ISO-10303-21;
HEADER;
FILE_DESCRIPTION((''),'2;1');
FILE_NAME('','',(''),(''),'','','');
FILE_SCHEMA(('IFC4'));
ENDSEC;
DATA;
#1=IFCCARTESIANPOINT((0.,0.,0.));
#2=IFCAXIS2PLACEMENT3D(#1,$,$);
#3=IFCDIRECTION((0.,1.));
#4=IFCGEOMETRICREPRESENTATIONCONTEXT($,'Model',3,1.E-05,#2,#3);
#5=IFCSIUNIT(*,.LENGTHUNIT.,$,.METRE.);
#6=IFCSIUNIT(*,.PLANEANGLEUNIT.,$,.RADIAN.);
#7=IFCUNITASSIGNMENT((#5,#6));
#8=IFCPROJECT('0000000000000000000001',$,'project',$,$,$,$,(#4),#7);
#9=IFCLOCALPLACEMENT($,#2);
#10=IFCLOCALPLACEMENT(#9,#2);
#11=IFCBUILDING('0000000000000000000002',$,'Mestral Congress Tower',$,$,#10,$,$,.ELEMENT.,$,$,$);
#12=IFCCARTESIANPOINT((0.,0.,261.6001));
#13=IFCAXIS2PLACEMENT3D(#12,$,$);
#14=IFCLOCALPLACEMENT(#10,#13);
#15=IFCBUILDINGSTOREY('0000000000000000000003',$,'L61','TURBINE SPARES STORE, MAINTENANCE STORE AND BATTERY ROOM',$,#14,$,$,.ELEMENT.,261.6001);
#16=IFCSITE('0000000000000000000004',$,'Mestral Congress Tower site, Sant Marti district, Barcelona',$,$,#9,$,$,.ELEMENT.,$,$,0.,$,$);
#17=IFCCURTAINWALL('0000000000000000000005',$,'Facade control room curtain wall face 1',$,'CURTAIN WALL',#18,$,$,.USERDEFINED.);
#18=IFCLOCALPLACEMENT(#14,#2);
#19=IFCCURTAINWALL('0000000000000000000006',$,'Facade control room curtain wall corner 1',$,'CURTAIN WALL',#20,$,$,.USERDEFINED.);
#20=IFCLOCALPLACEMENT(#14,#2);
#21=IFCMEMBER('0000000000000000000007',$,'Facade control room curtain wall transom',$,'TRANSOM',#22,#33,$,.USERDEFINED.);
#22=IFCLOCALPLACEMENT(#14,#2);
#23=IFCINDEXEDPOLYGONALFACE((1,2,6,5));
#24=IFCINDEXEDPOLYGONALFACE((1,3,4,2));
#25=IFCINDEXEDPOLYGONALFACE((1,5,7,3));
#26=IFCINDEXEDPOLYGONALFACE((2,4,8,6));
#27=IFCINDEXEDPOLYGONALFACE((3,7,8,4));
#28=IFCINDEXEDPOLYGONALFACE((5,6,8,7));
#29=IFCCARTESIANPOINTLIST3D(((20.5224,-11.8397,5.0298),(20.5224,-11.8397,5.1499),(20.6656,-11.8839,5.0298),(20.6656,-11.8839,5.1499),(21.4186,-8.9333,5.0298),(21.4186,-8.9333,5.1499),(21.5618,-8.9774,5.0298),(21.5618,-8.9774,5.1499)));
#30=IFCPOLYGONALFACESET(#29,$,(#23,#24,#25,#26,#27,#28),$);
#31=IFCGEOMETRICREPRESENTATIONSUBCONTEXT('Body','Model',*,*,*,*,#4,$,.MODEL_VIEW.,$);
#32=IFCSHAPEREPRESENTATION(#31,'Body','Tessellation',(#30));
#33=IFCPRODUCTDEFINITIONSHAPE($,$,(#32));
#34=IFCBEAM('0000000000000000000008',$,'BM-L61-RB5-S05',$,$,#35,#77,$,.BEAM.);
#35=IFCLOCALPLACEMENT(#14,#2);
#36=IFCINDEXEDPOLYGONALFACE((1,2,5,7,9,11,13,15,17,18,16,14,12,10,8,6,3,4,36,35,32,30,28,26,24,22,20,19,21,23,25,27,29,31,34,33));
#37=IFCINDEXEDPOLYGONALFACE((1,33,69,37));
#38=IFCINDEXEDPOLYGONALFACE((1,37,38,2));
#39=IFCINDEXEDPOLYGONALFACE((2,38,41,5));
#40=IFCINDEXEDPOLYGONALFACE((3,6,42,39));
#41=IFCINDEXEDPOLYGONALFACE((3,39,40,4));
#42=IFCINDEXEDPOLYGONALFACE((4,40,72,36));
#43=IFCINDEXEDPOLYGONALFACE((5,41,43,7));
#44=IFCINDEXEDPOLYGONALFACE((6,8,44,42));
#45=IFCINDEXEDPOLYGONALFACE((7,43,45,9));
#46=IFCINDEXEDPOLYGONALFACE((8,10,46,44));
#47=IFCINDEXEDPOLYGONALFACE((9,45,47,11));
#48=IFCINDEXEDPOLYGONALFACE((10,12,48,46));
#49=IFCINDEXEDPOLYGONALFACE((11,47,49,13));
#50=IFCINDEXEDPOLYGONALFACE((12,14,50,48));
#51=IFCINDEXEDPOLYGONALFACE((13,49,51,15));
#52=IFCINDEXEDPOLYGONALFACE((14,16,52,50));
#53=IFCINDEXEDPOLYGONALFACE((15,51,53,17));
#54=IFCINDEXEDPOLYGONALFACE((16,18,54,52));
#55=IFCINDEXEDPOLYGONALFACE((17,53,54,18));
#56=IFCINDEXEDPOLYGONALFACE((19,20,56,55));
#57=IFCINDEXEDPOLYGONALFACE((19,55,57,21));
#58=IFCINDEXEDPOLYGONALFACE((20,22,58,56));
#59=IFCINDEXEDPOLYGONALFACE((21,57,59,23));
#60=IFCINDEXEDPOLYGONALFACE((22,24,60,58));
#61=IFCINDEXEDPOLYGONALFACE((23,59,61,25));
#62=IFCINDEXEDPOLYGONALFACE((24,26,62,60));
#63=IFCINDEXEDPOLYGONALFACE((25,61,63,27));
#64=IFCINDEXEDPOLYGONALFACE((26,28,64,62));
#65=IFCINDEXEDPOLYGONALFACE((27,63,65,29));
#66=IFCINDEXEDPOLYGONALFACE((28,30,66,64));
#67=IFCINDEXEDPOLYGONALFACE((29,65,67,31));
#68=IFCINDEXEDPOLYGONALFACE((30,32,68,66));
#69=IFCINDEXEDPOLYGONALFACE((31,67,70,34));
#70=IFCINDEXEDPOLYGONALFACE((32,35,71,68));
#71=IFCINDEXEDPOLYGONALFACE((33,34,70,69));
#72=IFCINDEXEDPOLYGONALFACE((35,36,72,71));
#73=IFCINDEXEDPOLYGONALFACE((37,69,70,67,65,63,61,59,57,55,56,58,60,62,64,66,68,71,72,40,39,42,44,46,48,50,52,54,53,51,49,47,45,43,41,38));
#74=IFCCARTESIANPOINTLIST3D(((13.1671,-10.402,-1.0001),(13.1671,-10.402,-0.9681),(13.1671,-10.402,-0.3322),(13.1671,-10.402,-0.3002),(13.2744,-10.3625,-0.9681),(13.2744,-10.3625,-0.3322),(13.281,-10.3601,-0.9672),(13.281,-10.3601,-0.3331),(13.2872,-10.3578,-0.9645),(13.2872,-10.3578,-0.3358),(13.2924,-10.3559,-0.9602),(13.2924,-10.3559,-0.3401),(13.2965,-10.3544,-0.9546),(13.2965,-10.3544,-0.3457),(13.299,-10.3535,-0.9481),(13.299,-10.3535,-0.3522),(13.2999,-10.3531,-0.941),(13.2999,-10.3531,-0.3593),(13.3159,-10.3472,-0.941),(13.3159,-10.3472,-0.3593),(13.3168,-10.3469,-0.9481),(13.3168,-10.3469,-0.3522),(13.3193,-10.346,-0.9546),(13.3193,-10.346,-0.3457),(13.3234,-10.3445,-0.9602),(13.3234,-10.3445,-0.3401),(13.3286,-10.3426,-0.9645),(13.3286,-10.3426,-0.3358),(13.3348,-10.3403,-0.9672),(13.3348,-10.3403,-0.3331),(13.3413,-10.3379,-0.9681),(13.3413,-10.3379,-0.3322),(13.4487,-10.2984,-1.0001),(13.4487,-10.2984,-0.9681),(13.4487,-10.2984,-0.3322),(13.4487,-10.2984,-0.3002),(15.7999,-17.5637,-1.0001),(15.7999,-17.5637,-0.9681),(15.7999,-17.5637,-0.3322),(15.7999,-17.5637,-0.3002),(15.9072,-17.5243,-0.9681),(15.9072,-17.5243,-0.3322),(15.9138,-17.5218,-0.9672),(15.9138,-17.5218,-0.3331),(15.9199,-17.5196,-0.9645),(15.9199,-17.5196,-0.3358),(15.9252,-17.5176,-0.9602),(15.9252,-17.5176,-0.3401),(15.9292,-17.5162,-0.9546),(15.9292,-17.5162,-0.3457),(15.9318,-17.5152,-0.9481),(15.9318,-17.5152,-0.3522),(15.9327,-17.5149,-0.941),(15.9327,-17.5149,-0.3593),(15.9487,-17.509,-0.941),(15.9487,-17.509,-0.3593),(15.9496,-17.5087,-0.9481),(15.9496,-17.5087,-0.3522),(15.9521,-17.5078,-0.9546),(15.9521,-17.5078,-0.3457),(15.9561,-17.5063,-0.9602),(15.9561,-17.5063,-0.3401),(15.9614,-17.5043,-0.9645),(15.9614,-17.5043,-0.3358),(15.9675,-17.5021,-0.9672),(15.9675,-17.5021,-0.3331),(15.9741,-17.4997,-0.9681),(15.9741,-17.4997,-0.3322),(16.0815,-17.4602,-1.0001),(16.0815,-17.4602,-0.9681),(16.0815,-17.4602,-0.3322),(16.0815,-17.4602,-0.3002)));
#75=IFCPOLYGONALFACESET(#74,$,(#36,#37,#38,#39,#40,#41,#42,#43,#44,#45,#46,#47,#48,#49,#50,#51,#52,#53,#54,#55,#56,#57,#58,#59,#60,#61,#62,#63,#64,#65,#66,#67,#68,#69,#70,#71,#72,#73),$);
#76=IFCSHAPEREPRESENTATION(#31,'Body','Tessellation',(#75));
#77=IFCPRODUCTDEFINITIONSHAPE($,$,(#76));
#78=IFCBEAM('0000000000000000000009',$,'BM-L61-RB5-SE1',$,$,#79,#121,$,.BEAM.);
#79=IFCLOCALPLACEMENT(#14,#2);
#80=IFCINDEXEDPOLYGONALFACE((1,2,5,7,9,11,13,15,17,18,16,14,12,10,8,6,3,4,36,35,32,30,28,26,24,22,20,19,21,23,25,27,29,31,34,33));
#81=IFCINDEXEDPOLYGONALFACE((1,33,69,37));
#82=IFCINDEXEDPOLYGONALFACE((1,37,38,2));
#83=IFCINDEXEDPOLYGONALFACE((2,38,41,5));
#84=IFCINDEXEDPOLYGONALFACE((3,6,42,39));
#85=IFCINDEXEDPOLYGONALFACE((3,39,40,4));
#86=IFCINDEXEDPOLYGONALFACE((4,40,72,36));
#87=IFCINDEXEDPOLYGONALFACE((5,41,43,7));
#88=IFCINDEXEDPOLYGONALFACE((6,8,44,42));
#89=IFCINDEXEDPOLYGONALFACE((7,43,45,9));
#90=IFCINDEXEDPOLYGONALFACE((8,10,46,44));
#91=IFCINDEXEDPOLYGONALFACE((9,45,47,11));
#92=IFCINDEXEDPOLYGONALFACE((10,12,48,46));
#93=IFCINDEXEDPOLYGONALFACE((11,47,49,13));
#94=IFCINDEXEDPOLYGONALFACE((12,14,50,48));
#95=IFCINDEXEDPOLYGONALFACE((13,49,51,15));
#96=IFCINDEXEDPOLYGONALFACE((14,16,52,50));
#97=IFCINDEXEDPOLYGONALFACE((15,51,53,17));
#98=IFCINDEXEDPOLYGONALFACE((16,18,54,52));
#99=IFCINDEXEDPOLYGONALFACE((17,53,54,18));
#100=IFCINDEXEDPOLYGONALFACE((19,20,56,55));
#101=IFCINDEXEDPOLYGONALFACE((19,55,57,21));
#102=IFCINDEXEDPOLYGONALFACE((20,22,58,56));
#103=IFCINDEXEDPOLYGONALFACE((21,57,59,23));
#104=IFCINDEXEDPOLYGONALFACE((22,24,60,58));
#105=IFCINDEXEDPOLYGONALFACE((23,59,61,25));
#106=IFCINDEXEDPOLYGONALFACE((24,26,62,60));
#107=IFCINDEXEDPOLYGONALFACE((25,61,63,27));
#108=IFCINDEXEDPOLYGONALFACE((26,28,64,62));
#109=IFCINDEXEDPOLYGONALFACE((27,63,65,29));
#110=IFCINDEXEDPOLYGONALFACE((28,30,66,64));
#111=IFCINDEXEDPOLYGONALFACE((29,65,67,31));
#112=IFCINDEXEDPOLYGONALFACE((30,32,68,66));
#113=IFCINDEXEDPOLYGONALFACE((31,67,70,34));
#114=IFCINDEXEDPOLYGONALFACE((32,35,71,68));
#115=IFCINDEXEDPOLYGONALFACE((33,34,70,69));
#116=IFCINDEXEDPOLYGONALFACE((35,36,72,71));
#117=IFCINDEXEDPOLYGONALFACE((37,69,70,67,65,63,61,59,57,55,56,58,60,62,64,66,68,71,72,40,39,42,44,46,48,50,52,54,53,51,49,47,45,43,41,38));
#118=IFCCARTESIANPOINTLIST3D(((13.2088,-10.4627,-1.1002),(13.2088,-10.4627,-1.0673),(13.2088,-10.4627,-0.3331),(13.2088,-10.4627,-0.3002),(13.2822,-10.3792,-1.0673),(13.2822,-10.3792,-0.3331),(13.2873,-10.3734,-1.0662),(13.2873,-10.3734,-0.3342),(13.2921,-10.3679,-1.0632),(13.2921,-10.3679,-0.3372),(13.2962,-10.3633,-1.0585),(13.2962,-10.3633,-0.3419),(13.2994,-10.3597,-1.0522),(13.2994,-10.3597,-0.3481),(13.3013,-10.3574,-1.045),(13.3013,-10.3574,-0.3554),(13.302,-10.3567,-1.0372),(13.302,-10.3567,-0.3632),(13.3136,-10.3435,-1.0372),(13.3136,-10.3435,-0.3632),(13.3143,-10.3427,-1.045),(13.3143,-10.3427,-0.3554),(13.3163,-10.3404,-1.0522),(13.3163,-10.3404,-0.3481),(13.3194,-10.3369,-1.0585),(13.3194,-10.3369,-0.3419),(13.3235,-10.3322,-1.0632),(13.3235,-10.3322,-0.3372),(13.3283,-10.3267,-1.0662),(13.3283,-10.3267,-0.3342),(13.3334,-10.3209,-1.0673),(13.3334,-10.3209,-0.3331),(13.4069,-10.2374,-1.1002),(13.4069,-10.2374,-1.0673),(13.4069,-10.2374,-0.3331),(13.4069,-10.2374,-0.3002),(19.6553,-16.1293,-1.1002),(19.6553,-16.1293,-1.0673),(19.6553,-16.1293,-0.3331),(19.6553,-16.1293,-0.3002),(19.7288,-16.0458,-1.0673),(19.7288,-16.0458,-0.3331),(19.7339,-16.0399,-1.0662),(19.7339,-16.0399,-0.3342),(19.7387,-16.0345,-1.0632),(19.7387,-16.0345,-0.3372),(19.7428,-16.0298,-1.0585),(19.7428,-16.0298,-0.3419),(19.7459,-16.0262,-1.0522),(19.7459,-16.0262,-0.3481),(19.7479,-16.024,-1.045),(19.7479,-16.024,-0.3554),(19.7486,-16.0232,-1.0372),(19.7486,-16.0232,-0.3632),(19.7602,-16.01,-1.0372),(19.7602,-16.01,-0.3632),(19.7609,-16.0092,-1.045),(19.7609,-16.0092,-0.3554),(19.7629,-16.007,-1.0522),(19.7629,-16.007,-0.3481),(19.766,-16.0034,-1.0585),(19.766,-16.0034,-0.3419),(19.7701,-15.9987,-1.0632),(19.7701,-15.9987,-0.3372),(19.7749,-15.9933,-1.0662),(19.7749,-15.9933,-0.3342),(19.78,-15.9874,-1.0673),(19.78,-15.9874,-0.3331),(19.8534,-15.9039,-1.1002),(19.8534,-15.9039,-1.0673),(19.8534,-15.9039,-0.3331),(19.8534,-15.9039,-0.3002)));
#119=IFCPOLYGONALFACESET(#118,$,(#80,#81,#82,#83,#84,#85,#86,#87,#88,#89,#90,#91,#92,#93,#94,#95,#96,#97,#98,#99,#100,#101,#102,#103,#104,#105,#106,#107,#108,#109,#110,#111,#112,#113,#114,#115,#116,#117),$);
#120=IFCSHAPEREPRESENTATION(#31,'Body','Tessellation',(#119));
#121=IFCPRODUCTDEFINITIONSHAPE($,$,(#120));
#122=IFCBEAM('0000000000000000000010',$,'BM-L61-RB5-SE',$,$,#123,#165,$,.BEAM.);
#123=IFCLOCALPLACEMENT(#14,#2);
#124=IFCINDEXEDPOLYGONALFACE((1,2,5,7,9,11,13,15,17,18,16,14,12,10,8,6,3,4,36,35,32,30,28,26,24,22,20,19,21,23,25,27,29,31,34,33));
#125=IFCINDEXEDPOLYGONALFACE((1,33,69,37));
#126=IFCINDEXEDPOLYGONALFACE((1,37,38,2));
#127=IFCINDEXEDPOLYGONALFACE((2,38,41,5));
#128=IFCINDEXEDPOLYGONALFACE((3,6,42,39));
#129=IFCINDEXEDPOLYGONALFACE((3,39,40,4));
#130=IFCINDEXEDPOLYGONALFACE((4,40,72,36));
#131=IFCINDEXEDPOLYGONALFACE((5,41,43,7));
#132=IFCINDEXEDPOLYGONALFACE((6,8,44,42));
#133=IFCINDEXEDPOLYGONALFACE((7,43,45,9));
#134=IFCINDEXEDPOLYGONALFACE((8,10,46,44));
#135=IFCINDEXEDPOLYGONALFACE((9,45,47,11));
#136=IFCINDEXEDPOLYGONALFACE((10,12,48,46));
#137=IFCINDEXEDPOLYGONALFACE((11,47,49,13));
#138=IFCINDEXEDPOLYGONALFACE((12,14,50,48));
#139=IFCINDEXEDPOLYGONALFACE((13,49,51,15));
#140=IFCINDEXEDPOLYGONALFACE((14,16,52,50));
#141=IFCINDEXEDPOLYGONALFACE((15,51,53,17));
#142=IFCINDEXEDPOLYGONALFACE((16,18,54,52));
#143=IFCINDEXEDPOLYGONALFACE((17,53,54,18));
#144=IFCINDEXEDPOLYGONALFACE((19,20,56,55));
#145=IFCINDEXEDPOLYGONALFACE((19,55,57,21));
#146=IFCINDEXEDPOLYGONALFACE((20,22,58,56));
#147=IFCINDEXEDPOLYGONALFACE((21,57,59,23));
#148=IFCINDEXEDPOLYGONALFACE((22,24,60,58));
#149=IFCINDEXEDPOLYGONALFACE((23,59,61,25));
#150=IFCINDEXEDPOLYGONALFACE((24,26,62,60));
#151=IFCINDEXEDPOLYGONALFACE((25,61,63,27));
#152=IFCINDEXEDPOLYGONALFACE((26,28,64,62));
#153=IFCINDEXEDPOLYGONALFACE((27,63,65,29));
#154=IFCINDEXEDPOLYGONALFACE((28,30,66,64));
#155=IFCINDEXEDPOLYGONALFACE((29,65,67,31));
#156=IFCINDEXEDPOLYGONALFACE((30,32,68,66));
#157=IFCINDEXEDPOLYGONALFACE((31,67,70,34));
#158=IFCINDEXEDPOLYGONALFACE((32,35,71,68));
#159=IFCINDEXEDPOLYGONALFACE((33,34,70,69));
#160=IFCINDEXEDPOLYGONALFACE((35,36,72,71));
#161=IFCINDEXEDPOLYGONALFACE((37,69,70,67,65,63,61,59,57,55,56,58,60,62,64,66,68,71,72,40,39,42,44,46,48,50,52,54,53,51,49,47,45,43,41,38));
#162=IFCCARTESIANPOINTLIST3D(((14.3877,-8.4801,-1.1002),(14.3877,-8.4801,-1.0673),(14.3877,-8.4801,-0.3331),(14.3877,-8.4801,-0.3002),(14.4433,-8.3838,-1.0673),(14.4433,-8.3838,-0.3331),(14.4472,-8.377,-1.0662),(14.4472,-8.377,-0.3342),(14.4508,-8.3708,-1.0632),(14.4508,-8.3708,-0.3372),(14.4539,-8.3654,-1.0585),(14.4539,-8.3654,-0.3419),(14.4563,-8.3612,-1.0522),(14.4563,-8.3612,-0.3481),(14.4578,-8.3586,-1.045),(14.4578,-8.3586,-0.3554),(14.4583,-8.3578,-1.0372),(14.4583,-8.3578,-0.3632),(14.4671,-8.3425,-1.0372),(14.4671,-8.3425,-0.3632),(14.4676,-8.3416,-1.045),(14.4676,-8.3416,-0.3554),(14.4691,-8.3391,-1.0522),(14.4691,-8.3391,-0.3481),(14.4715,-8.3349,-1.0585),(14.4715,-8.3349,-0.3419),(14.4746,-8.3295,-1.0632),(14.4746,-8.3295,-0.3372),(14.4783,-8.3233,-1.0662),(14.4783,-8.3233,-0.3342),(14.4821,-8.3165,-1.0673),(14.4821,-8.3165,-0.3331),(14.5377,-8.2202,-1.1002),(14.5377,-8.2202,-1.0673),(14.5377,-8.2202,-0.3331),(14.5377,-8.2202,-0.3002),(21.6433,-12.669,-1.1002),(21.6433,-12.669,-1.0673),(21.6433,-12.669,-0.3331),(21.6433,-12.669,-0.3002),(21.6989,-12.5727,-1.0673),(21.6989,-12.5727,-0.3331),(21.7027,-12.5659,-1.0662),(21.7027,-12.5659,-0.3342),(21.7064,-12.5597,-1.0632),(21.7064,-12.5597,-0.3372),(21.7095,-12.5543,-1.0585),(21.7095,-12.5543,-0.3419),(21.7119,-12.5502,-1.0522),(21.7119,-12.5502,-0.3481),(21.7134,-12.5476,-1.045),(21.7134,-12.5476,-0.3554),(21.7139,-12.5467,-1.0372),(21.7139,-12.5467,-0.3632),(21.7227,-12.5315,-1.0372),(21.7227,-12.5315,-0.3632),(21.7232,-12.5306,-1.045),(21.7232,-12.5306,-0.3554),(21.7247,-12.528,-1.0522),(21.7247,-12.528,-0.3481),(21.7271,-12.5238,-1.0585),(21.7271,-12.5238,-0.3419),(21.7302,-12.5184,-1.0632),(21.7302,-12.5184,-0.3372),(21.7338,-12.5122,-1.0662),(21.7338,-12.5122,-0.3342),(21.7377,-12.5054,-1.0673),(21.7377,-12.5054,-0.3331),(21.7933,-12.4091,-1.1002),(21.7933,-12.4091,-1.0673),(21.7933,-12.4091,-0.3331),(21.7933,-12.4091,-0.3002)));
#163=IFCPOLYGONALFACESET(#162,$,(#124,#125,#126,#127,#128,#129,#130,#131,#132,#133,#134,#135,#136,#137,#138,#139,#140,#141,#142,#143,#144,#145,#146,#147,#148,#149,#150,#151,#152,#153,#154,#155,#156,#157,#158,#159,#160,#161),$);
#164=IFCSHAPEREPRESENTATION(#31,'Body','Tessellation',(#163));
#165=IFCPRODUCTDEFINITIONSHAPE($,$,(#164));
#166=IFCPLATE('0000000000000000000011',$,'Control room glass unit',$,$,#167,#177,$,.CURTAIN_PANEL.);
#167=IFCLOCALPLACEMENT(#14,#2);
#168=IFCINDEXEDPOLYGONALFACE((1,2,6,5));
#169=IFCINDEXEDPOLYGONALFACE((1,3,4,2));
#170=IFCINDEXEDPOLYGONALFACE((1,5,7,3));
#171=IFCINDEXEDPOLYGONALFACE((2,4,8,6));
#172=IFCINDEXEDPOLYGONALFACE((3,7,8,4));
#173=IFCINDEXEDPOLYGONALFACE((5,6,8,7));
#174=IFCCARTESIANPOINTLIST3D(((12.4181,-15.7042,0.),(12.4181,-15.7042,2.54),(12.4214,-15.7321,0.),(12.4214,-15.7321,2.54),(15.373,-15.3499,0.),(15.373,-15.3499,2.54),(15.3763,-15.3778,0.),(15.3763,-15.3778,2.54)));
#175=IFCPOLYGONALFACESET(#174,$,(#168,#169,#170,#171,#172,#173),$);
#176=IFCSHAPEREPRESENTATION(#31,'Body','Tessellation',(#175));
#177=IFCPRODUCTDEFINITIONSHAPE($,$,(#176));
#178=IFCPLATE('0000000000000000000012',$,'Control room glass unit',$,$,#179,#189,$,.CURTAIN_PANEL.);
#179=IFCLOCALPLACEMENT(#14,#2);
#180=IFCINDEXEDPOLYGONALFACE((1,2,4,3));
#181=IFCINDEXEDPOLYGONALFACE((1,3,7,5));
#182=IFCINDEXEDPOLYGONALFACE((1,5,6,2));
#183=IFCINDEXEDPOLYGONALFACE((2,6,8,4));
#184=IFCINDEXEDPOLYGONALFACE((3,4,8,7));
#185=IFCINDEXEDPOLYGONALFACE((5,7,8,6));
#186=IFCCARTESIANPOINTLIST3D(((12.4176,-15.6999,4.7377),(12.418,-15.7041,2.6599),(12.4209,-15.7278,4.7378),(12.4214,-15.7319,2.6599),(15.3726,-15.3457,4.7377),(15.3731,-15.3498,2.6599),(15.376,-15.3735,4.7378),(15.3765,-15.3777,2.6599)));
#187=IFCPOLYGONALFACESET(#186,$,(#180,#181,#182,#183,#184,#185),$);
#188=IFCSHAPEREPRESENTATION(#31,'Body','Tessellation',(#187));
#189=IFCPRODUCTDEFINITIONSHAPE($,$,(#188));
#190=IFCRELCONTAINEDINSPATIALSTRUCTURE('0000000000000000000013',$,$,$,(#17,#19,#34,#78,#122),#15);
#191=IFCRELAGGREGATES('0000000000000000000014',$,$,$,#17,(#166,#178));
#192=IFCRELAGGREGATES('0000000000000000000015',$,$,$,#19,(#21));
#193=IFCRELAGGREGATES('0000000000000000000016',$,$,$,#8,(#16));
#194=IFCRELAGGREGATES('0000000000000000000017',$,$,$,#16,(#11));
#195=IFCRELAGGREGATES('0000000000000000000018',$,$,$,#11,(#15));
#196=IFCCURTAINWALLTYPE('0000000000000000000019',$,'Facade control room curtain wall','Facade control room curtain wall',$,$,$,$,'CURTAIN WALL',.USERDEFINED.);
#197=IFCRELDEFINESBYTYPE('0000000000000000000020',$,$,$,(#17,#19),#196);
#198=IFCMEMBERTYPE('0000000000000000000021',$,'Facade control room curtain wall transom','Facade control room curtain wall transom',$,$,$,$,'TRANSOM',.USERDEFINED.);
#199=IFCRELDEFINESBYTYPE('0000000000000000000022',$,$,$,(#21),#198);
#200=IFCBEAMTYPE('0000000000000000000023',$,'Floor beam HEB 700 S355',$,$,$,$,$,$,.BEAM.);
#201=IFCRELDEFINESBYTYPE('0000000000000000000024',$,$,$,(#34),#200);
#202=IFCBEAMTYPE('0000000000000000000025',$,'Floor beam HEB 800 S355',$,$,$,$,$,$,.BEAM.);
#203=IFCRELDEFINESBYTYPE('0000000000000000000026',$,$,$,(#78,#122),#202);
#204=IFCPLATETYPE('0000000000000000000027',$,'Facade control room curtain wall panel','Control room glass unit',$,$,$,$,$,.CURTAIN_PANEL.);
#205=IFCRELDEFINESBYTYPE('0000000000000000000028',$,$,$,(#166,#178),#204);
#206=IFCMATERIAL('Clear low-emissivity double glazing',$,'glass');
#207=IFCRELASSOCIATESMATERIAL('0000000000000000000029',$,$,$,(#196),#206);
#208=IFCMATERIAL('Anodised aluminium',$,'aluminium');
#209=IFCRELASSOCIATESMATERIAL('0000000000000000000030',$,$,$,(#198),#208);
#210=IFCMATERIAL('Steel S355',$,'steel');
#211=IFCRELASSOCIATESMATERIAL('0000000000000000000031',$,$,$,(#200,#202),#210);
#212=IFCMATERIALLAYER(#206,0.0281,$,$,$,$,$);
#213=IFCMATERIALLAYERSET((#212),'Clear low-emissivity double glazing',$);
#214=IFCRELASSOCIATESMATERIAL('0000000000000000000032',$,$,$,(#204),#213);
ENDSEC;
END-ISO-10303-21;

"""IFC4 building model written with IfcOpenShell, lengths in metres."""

from ifc_helpers import new_model, si_unit, direction, frame, origin, origin_2d, place, context, subcontext, project, spatial, polyline, rectangle, i_section, outline, extrude, material, layer, layer_set, material_profile, profile_set, type_object, element, aggregate, save


model = new_model("IFC4")

# Units and contexts
model_context = context("Model", 3, precision=1e-05, world=origin(), true_north=direction((0.0, 1.0)))
body_context = subcontext(model_context, "Body", "Model", "MODEL_VIEW")
ifc_project = project(units=[si_unit("LENGTHUNIT", "METRE"), si_unit("PLANEANGLEUNIT", "RADIAN")], contexts=[model_context])

# Site, building, storey
site_placement = place(None, origin())
site = spatial("IfcSite", under=ifc_project, at=site_placement, Name="Mestral Congress Tower site, Sant Marti district, Barcelona", CompositionType="ELEMENT", RefElevation=0.0)
building_placement = place(site_placement, origin())
building = spatial("IfcBuilding", under=site, at=building_placement, Name="Mestral Congress Tower", CompositionType="ELEMENT")
storey_placement = place(building_placement, frame((0.0, 0.0, 261.6001)))
storey = spatial("IfcBuildingStorey", under=building, at=storey_placement, Name="L61", Description="TURBINE SPARES STORE, MAINTENANCE STORE AND BATTERY ROOM", CompositionType="ELEMENT", Elevation=261.6001)

# Curtain wall
ifc_material_1 = material(Name="Clear low-emissivity double glazing", Category="glass")
curtain_wall_type = type_object("IfcCurtainWallType", Name="Facade control room curtain wall", Description="Facade control room curtain wall", ElementType="CURTAIN WALL", PredefinedType="USERDEFINED", material=ifc_material_1)
placement = place(storey_placement, origin())
curtain_wall_1 = element("IfcCurtainWall", 1, at=placement, inside=storey, type_object=curtain_wall_type, Name="Facade control room curtain wall face 1", ObjectType="CURTAIN WALL", PredefinedType="USERDEFINED")
ifc_material_2 = material(Name="Anodised aluminium", Category="aluminium")

# Curtain wall
curtain_wall_2 = element("IfcCurtainWall", 2, at=placement, inside=storey, type_object=curtain_wall_type, Name="Facade control room curtain wall corner 1", ObjectType="CURTAIN WALL", PredefinedType="USERDEFINED")

# Member
ifc_material_profile_1 = material_profile(ifc_material_2, rectangle(XDim=0.1499, YDim=0.1201, at=origin_2d()), Name="CW5 transom 150 x 120")
ifc_profile_set_1 = profile_set([ifc_material_profile_1], Name="Anodised aluminium")
member_type_1 = type_object("IfcMemberType", Name="Facade control room curtain wall transom", Description="Facade control room curtain wall transom", ElementType="TRANSOM", PredefinedType="USERDEFINED", material=ifc_profile_set_1)
member_1_placement = place(storey_placement, frame((20.594, -11.8618, 5.0898), z_axis=(0.294667, 0.9556, 0.0), x_axis=(-0.9556, 0.294667, 0.0)))
member_1 = element("IfcMember", 3, at=member_1_placement, type_object=member_type_1, Name="Facade control room curtain wall transom", ObjectType="TRANSOM", PredefinedType="USERDEFINED", context=body_context, shape_type="SweptSolid", body=[
    extrude(rectangle(XDim=0.1499, YDim=0.1201, at=origin_2d()), origin(), (0.0, 0.0, 1.0), 3.0415),
])

# Beams
ifc_material_3 = material(Name="Steel S355", Category="steel")
ifc_material_profile_2 = material_profile(ifc_material_3, i_section(OverallWidth=0.3, OverallDepth=0.7, WebThickness=0.0171, FlangeThickness=0.032, FilletRadius=0.0271, at=origin_2d()), Name="HEB 700")
ifc_profile_set_2 = profile_set([ifc_material_profile_2], Name="Steel S355")
beam_type_1 = type_object("IfcBeamType", Name="Floor beam HEB 700 S355", PredefinedType="BEAM", material=ifc_profile_set_2)
beam_1_placement = place(storey_placement, frame((15.9407, -17.512, -0.6501), z_axis=(-0.34504, 0.938588, 0.0), x_axis=(-0.938588, -0.34504, 0.0)))
element("IfcBeam", 4, at=beam_1_placement, inside=storey, type_object=beam_type_1, Name="BM-L61-RB5-S05", PredefinedType="BEAM", context=body_context, shape_type="SweptSolid", body=[
    extrude(i_section(OverallWidth=0.3, OverallDepth=0.7, WebThickness=0.0171, FlangeThickness=0.032, FilletRadius=0.0271, at=origin_2d()), origin(), (0.0, 0.0, 1.0), 7.6304),
])
ifc_material_profile_3 = material_profile(ifc_material_3, i_section(OverallWidth=0.3, OverallDepth=0.8, WebThickness=0.0176, FlangeThickness=0.033, FilletRadius=0.03, at=origin_2d()), Name="HEB 800")
ifc_profile_set_3 = profile_set([ifc_material_profile_3], Name="Steel S355")
beam_type_2 = type_object("IfcBeamType", Name="Floor beam HEB 800 S355", PredefinedType="BEAM", material=ifc_profile_set_3)
beam_2_placement = place(storey_placement, frame((19.7544, -16.0166, -0.7002), z_axis=(-0.751086, 0.660205, 0.0), x_axis=(-0.660205, -0.751086, 0.0)))
element("IfcBeam", 5, at=beam_2_placement, inside=storey, type_object=beam_type_2, Name="BM-L61-RB5-SE1", PredefinedType="BEAM", context=body_context, shape_type="SweptSolid", body=[
    extrude(i_section(OverallWidth=0.3, OverallDepth=0.8, WebThickness=0.0176, FlangeThickness=0.033, FilletRadius=0.03, at=origin_2d()), origin(), (0.0, 0.0, 1.0), 8.583),
])
beam_3_placement = place(storey_placement, frame((21.7183, -12.5391, -0.7002), z_axis=(-0.866029, 0.499994, 0.0), x_axis=(-0.499994, -0.866029, 0.0)))
element("IfcBeam", 6, at=beam_3_placement, inside=storey, type_object=beam_type_2, Name="BM-L61-RB5-SE", PredefinedType="BEAM", context=body_context, shape_type="SweptSolid", body=[
    extrude(i_section(OverallWidth=0.3, OverallDepth=0.8, WebThickness=0.0176, FlangeThickness=0.033, FilletRadius=0.03, at=origin_2d()), origin(), (0.0, 0.0, 1.0), 8.3779),
])

# Plates
ifc_layer_1 = layer(ifc_material_1, 0.0281)
ifc_layer_set_1 = layer_set([ifc_layer_1], Name="Clear low-emissivity double glazing")
plate_type = type_object("IfcPlateType", Name="Facade control room curtain wall panel", Description="Control room glass unit", PredefinedType="CURTAIN_PANEL", material=ifc_layer_set_1)
plate_1_placement = place(storey_placement, frame((13.8972, -15.541, 0.0), z_axis=(0.0, 0.0, 1.0), x_axis=(0.992889, 0.119045, 0.0)))
plate_1 = element("IfcPlate", 7, at=plate_1_placement, type_object=plate_type, Name="Control room glass unit", PredefinedType="CURTAIN_PANEL", context=body_context, shape_type="SweptSolid", body=[
    extrude(rectangle(XDim=2.9761, YDim=0.0281, at=origin_2d()), origin(), (0.0, 0.0, 1.0), 2.54),
])
plate_2_placement = place(storey_placement, frame((15.3765, -15.3777, 2.6599), z_axis=(0.119025, -0.992889, 0.002011), x_axis=(-0.992891, -0.119026, 0.0)))
plate_2 = element("IfcPlate", 8, at=plate_2_placement, type_object=plate_type, Name="Control room glass unit", PredefinedType="CURTAIN_PANEL", context=body_context, shape_type="SweptSolid", body=[
    extrude(outline(polyline([(0.0, 0.0), (2.9762, 0.0), (2.9762, -2.0779), (0.0, -2.0779), (0.0, 0.0)])), origin(), (0.0, 0.0, -1.0), 0.0281),
])
aggregate(curtain_wall_1, [plate_1, plate_2])
aggregate(curtain_wall_2, [member_1])

save(model, "model.ifc")
